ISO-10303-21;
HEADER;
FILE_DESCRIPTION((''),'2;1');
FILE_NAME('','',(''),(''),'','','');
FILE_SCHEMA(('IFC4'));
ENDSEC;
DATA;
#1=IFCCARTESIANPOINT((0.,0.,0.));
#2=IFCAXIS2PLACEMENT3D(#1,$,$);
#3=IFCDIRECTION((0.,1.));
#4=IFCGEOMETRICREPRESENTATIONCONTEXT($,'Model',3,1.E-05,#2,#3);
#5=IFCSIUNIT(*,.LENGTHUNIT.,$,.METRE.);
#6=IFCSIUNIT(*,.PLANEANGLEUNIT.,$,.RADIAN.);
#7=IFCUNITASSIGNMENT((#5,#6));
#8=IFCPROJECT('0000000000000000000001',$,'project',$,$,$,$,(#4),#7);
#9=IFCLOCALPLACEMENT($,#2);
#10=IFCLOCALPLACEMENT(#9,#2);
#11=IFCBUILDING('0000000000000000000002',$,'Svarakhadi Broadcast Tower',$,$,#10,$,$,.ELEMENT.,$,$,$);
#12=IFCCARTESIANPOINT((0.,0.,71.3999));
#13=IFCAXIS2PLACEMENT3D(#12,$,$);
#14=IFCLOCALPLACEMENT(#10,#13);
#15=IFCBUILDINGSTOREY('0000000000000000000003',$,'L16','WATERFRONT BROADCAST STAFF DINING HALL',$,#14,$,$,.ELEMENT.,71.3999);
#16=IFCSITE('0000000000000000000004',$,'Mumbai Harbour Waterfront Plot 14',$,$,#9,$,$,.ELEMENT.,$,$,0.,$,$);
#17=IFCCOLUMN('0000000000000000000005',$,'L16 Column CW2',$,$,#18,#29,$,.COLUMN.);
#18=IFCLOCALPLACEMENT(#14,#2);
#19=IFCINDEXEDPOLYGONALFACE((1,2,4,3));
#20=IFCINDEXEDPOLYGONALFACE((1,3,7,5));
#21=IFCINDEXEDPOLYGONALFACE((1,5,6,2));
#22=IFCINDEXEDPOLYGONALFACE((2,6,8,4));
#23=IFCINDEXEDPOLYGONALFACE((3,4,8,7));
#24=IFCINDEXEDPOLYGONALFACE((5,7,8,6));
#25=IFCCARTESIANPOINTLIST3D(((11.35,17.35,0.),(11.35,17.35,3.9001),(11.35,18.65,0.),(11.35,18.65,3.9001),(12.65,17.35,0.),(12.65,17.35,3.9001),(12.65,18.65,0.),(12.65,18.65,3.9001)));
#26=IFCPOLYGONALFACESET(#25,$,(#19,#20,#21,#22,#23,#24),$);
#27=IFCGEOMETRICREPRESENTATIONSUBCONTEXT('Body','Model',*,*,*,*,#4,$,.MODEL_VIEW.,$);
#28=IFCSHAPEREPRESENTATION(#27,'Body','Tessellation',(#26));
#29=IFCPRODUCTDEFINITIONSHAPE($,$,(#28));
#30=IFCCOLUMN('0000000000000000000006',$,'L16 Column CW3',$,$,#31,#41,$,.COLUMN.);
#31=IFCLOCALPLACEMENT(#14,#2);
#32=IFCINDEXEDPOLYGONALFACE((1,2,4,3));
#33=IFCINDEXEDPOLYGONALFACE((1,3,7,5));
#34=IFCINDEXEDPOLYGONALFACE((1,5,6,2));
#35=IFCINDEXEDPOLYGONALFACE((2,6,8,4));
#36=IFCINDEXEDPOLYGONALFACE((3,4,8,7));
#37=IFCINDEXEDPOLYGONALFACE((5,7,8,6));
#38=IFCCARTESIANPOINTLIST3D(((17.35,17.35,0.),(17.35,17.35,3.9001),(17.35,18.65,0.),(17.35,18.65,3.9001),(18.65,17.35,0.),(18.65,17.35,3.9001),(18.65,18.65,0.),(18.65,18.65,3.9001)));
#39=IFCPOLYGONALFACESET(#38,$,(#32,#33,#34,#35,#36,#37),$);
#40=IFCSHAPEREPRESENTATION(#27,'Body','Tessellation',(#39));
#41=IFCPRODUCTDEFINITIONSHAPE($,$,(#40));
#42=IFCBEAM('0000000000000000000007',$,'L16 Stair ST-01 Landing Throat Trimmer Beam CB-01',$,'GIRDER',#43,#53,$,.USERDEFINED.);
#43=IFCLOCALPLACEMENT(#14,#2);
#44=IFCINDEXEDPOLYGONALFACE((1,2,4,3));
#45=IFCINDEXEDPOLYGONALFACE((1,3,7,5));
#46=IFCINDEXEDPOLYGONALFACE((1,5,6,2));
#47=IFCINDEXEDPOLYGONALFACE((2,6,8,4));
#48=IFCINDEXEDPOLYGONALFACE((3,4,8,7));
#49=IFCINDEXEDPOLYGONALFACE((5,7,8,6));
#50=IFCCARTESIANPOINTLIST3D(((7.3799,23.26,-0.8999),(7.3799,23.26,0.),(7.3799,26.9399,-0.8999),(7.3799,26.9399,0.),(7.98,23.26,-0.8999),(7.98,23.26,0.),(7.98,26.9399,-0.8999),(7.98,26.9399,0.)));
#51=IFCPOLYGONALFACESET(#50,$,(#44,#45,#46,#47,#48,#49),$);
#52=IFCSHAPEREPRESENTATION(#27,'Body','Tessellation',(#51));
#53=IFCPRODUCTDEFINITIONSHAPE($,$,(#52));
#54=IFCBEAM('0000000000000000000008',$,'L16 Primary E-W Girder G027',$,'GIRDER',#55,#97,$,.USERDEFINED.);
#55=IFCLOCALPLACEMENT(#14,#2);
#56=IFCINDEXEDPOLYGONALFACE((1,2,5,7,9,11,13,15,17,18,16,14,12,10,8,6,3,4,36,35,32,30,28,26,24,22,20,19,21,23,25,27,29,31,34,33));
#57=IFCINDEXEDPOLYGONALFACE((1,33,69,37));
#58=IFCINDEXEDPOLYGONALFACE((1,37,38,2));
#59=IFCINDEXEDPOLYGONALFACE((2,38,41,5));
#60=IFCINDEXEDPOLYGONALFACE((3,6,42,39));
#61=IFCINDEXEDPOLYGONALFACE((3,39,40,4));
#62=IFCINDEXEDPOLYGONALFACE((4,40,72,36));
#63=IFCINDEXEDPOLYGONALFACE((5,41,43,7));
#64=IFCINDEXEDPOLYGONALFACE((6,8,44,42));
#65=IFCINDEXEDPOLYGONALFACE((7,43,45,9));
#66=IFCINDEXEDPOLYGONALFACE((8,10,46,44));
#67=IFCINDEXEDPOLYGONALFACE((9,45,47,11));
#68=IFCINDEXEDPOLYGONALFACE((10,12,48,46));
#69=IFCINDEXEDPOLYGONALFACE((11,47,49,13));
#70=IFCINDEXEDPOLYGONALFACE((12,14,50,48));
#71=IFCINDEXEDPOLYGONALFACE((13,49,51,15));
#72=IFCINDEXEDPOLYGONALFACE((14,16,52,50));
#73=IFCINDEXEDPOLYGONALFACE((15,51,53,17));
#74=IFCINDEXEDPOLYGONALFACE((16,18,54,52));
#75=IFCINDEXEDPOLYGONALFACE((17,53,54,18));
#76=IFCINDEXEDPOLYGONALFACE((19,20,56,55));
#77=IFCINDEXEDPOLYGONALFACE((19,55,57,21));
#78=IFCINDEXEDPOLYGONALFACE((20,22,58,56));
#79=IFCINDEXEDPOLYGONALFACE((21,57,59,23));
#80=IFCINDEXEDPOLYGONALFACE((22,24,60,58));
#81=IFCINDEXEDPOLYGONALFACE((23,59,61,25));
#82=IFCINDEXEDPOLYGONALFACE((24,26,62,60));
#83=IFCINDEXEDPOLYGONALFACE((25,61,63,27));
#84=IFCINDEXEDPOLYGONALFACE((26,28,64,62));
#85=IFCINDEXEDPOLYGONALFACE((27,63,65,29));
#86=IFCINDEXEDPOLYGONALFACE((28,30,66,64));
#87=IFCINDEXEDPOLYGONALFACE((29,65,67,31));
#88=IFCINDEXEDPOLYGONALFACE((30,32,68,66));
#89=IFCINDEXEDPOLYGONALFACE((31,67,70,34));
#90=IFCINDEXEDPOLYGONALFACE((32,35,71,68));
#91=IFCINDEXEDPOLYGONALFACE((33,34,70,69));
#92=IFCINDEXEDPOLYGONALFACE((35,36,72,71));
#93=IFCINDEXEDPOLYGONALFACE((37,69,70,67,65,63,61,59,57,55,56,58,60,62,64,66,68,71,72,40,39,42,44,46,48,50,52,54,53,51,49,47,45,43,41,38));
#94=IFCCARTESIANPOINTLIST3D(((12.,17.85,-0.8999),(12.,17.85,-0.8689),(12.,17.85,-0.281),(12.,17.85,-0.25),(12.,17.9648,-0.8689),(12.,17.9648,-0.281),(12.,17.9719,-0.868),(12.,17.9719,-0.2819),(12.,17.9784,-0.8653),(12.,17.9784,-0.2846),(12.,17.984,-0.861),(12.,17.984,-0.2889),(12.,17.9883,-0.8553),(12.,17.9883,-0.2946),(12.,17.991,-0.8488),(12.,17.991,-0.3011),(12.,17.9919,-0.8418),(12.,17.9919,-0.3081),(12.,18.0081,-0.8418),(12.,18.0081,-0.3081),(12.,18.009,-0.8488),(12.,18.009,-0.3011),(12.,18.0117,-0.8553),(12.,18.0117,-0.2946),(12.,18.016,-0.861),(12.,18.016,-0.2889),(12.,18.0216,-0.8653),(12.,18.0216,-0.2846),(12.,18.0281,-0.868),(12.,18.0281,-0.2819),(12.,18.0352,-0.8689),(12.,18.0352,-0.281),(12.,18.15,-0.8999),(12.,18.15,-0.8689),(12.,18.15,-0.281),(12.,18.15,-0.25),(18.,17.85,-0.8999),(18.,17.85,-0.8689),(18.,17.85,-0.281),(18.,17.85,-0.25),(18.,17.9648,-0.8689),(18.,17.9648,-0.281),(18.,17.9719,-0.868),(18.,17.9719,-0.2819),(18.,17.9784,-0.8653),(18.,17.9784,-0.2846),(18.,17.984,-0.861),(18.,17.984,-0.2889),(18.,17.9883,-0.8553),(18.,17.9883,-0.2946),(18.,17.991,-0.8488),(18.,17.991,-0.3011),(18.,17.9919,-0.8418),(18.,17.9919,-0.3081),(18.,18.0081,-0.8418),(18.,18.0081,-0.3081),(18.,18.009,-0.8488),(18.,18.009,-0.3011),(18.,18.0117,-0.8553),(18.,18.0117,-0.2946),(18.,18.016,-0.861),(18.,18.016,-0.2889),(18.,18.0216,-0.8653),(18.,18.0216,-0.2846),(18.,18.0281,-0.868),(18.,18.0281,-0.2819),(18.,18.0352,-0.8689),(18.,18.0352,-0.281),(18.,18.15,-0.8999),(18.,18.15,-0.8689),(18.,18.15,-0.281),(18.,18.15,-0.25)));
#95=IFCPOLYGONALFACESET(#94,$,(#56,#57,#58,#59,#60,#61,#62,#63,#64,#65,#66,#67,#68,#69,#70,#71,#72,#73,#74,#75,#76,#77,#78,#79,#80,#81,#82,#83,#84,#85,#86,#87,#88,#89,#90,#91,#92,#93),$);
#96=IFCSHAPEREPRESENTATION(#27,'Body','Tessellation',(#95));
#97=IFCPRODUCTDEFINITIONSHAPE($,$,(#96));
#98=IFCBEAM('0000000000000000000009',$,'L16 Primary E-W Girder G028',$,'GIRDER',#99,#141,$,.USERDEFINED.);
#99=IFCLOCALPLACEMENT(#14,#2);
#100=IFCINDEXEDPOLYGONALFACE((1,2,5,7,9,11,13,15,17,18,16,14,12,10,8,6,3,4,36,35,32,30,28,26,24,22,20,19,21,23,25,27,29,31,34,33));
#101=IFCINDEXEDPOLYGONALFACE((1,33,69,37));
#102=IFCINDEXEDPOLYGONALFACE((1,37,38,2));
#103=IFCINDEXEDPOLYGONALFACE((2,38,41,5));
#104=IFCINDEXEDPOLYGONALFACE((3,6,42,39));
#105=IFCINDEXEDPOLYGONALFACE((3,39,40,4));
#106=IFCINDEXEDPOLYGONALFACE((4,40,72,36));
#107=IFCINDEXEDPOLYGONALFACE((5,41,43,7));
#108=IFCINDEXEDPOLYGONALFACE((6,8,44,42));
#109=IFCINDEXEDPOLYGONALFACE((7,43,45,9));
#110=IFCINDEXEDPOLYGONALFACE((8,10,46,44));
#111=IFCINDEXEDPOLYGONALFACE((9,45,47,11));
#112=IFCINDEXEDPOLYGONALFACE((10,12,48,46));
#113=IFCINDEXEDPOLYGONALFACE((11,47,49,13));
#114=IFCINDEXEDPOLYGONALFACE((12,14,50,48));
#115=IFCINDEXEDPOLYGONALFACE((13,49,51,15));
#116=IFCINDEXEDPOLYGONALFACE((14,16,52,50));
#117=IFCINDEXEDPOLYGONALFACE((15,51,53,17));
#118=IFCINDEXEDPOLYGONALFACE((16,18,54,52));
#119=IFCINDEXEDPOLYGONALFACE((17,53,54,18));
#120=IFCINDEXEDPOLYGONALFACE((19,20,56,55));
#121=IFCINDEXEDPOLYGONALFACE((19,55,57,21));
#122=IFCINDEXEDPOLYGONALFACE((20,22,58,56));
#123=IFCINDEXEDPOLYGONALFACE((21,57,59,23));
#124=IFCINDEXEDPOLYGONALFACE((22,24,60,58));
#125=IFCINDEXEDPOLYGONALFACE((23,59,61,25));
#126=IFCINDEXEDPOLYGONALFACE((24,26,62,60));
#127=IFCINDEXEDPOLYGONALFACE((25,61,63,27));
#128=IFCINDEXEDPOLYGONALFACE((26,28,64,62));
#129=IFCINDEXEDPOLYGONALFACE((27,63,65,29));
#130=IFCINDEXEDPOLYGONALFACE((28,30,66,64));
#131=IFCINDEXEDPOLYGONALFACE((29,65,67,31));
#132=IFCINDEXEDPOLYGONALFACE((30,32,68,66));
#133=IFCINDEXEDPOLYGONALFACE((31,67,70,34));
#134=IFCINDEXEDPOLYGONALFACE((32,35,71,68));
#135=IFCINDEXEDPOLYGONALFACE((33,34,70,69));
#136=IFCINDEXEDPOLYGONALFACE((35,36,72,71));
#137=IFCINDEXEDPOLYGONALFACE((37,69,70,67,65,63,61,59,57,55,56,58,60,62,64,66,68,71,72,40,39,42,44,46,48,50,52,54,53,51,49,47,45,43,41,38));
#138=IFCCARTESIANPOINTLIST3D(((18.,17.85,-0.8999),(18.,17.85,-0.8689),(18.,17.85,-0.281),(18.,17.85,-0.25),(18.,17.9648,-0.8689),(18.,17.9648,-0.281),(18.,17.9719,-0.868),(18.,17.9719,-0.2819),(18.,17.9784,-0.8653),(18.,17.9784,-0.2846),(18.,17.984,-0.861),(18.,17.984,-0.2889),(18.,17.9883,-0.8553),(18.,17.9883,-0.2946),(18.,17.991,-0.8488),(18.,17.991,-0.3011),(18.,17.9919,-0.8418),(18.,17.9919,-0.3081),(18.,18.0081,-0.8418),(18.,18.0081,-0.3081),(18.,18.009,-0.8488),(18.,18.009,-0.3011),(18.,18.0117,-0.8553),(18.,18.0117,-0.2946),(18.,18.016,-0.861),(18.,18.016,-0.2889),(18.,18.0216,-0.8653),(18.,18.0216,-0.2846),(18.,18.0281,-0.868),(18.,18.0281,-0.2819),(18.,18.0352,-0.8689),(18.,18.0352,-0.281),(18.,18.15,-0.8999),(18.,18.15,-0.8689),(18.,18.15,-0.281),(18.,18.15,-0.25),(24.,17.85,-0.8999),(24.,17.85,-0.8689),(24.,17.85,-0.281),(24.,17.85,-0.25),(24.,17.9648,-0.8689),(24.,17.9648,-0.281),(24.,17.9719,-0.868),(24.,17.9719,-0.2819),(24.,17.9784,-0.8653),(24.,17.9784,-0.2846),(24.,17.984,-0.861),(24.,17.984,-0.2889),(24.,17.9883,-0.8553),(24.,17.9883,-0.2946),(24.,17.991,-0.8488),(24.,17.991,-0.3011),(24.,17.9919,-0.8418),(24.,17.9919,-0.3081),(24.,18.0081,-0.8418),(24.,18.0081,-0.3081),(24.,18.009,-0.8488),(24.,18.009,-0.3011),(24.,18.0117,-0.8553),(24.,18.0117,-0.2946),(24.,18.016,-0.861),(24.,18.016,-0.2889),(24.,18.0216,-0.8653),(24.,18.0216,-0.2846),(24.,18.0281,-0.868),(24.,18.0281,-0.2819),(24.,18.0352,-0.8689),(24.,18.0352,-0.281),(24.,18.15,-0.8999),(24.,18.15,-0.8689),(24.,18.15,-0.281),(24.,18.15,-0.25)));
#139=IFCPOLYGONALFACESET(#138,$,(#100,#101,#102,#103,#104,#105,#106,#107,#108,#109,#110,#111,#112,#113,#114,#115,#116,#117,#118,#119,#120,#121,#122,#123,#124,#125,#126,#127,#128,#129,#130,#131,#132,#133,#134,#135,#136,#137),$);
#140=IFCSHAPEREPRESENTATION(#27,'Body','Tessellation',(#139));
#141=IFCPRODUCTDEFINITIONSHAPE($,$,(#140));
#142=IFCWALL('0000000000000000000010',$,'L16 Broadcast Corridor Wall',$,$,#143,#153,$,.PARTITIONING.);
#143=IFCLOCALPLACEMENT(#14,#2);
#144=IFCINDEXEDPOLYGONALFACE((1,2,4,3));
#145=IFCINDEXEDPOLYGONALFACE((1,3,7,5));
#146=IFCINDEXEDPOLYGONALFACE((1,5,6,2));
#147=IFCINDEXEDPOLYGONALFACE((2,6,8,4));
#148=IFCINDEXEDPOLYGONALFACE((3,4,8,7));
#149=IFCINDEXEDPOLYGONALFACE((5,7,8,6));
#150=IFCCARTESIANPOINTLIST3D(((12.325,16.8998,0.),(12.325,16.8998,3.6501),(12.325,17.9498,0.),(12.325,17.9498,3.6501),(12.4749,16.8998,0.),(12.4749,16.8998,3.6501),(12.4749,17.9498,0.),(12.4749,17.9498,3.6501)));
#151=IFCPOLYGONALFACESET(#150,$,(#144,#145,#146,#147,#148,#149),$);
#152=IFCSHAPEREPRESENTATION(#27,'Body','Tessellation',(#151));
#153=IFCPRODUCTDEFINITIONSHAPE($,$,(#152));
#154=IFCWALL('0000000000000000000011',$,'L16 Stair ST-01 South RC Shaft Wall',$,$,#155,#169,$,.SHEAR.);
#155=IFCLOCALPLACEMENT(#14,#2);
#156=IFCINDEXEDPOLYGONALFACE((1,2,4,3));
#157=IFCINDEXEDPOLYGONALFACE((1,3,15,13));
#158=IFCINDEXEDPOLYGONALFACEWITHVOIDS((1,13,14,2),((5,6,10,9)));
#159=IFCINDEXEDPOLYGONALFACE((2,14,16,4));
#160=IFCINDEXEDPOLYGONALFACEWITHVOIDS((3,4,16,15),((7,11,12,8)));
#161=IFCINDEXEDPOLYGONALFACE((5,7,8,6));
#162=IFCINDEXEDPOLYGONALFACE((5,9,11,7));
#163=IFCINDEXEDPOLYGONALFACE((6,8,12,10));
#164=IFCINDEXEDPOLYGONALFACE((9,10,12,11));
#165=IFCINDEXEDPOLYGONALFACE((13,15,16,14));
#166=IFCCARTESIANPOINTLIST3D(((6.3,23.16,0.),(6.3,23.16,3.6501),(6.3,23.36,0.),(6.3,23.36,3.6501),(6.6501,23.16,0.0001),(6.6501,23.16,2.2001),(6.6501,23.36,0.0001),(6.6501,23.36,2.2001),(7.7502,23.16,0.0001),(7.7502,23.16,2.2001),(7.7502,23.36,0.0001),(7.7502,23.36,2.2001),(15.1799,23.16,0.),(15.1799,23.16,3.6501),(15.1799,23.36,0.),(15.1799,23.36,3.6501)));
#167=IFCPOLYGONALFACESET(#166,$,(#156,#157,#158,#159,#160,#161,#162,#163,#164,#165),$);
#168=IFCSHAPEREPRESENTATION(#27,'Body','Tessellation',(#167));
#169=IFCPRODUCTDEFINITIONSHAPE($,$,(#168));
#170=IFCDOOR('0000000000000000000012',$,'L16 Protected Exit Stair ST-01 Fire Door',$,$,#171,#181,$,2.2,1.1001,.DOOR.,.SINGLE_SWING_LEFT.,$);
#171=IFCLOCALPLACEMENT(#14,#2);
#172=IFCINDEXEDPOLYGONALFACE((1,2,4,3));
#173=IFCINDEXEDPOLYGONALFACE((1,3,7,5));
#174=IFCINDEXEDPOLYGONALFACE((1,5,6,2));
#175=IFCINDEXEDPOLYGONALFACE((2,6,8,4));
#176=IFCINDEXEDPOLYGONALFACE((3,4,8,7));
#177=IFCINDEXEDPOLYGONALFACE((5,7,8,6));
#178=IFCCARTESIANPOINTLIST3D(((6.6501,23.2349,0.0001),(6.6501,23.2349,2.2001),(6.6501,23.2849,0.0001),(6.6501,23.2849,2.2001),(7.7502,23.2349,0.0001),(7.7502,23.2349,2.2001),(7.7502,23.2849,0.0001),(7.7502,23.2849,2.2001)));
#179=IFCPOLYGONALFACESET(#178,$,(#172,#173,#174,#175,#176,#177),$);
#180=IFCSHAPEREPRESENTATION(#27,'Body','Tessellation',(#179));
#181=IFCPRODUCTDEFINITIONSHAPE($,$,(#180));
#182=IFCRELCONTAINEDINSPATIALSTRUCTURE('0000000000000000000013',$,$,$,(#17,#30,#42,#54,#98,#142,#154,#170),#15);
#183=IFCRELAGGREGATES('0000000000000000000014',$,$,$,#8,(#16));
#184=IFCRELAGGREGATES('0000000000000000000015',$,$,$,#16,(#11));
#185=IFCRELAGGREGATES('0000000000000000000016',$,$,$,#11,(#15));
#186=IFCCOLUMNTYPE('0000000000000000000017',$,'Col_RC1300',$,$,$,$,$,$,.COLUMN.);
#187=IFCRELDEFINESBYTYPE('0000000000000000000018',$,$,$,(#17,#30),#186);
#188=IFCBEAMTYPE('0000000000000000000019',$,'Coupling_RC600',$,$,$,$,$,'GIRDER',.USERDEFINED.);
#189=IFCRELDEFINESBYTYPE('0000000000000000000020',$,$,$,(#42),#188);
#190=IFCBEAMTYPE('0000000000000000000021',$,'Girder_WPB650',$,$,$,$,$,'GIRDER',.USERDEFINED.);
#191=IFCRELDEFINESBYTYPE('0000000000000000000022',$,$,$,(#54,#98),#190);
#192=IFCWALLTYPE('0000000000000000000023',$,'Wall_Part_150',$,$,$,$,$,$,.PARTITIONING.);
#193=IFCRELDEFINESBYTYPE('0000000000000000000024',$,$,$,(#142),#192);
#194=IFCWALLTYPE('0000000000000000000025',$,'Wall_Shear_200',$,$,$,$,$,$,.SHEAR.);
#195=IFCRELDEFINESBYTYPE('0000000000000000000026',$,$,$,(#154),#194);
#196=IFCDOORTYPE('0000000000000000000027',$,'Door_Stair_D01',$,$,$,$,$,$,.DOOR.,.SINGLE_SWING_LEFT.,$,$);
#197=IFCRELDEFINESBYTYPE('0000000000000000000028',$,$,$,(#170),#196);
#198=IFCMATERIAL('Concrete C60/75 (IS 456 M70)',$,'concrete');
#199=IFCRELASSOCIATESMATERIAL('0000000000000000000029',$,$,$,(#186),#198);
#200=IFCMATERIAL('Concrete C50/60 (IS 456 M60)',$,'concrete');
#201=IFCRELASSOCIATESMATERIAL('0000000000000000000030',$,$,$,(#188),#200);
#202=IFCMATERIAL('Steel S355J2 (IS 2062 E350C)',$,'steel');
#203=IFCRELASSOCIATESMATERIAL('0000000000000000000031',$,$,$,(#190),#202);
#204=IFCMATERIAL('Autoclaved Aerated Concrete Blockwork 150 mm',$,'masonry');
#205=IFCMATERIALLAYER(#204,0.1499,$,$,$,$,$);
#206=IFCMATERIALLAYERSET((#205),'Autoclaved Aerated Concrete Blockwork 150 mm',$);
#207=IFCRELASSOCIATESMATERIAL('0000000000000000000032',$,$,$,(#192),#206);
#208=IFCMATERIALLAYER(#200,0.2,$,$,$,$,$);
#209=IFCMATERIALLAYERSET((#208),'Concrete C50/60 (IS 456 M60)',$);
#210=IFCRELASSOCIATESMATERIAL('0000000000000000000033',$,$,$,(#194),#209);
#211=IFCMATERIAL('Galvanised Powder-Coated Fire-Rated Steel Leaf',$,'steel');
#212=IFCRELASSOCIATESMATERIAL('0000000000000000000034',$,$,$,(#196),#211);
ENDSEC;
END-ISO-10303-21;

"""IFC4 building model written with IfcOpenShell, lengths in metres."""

from ifc_helpers import new_model, si_unit, direction, frame, frame_2d, origin, origin_2d, place, context, subcontext, project, spatial, rectangle, i_section, extrude, material, layer, layer_set, material_profile, profile_set, type_object, element, fill, save


model = new_model("IFC4")

# Units and contexts
model_context = context("Model", 3, precision=1e-05, world=origin(), true_north=direction((0.0, 1.0)))
body_context = subcontext(model_context, "Body", "Model", "MODEL_VIEW")
ifc_project = project(units=[si_unit("LENGTHUNIT", "METRE"), si_unit("PLANEANGLEUNIT", "RADIAN")], contexts=[model_context])

# Site, building, storey
site_placement = place(None, origin())
site = spatial("IfcSite", under=ifc_project, at=site_placement, Name="Mumbai Harbour Waterfront Plot 14", CompositionType="ELEMENT", RefElevation=0.0)
building_placement = place(site_placement, origin())
building = spatial("IfcBuilding", under=site, at=building_placement, Name="Svarakhadi Broadcast Tower", CompositionType="ELEMENT")
storey_placement = place(building_placement, frame((0.0, 0.0, 71.3999)))
storey = spatial("IfcBuildingStorey", under=building, at=storey_placement, Name="L16", Description="WATERFRONT BROADCAST STAFF DINING HALL", CompositionType="ELEMENT", Elevation=71.3999)

# Columns
ifc_material_1 = material(Name="Concrete C60/75 (IS 456 M70)", Category="concrete")
ifc_material_profile_1 = material_profile(ifc_material_1, rectangle(XDim=1.3, YDim=1.3, at=origin_2d()), Name="RC 1300x1300")
ifc_profile_set_1 = profile_set([ifc_material_profile_1], Name="Concrete C60/75 (IS 456 M70)")
column_type = type_object("IfcColumnType", Name="Col_RC1300", PredefinedType="COLUMN", material=ifc_profile_set_1)
for number, where, z_axis, x_axis, name in (
    (1, (12.0, 18.0, 0.0), (0.0, 0.0, 1.0), (1.0, 0.0, 0.0), "L16 Column CW2"),
    (2, (18.0, 18.0, 0.0), (0.0, 0.0, 1.0), (1.0, 0.0, 0.0), "L16 Column CW3"),
):
    element("IfcColumn", number, at=place(storey_placement, frame(where, z_axis=z_axis, x_axis=x_axis)), inside=storey, type_object=column_type, Name=name, PredefinedType="COLUMN", context=body_context, shape_type="SweptSolid", body=[
        extrude(rectangle(XDim=1.3, YDim=1.3, at=origin_2d()), origin(), (0.0, 0.0, 1.0), 3.9001),
    ])

# Beams
ifc_material_2 = material(Name="Concrete C50/60 (IS 456 M60)", Category="concrete")
ifc_material_profile_2 = material_profile(ifc_material_2, rectangle(XDim=0.6001, YDim=0.8999, at=origin_2d()), Name="RC 600x900")
ifc_profile_set_2 = profile_set([ifc_material_profile_2], Name="Concrete C50/60 (IS 456 M60)")
beam_type_1 = type_object("IfcBeamType", Name="Coupling_RC600", ElementType="GIRDER", PredefinedType="USERDEFINED", material=ifc_profile_set_2)
beam_placement = place(storey_placement, frame((7.6799, 23.26, -0.45), z_axis=(0.0, 1.0, 0.0), x_axis=(-1.0, 0.0, 0.0)))
element("IfcBeam", 3, at=beam_placement, inside=storey, type_object=beam_type_1, Name="L16 Stair ST-01 Landing Throat Trimmer Beam CB-01", ObjectType="GIRDER", PredefinedType="USERDEFINED", context=body_context, shape_type="SweptSolid", body=[
    extrude(rectangle(XDim=0.6001, YDim=0.8999, at=origin_2d()), origin(), (0.0, 0.0, 1.0), 3.6799),
])
ifc_material_3 = material(Name="Steel S355J2 (IS 2062 E350C)", Category="steel")
ifc_material_profile_3 = material_profile(ifc_material_3, i_section(OverallWidth=0.3, OverallDepth=0.6499, WebThickness=0.0161, FlangeThickness=0.031, FilletRadius=0.0271, at=origin_2d()), Name="WPB 650x300x225")
ifc_profile_set_3 = profile_set([ifc_material_profile_3], Name="Steel S355J2 (IS 2062 E350C)")
beam_type_2 = type_object("IfcBeamType", Name="Girder_WPB650", ElementType="GIRDER", PredefinedType="USERDEFINED", material=ifc_profile_set_3)
for number, where, z_axis, x_axis, name in (
    (4, (12.0, 18.0, -0.575), (1.0, 0.0, 0.0), (0.0, 1.0, 0.0), "L16 Primary E-W Girder G027"),
    (5, (18.0, 18.0, -0.575), (1.0, 0.0, 0.0), (0.0, 1.0, 0.0), "L16 Primary E-W Girder G028"),
):
    element("IfcBeam", number, at=place(storey_placement, frame(where, z_axis=z_axis, x_axis=x_axis)), inside=storey, type_object=beam_type_2, Name=name, ObjectType="GIRDER", PredefinedType="USERDEFINED", context=body_context, shape_type="SweptSolid", body=[
        extrude(i_section(OverallWidth=0.3, OverallDepth=0.6499, WebThickness=0.0161, FlangeThickness=0.031, FilletRadius=0.0271, at=origin_2d()), origin(), (0.0, 0.0, 1.0), 6.0),
    ])

# Wall
ifc_material_4 = material(Name="Autoclaved Aerated Concrete Blockwork 150 mm", Category="masonry")
ifc_layer_1 = layer(ifc_material_4, 0.1499)
ifc_layer_set_1 = layer_set([ifc_layer_1], Name="Autoclaved Aerated Concrete Blockwork 150 mm")
wall_type_1 = type_object("IfcWallType", Name="Wall_Part_150", PredefinedType="PARTITIONING", material=ifc_layer_set_1)
wall_1_placement = place(storey_placement, frame((12.3999, 16.8999, 0.0), z_axis=(0.0, 0.0, 1.0), x_axis=(0.0, 1.0, 0.0)))
element("IfcWall", 6, at=wall_1_placement, inside=storey, type_object=wall_type_1, Name="L16 Broadcast Corridor Wall", PredefinedType="PARTITIONING", context=body_context, shape_type="SweptSolid", body=[
    extrude(rectangle(XDim=1.05, YDim=0.1499, at=frame_2d((0.5249, 0.0))), origin(), (0.0, 0.0, 1.0), 3.6501),
])

# Wall, opening, door
ifc_layer_2 = layer(ifc_material_2, 0.2)
ifc_layer_set_2 = layer_set([ifc_layer_2], Name="Concrete C50/60 (IS 456 M60)")
wall_type_2 = type_object("IfcWallType", Name="Wall_Shear_200", PredefinedType="SHEAR", material=ifc_layer_set_2)
wall_2_placement = place(storey_placement, frame((6.3, 23.26, 0.0), z_axis=(0.0, 0.0, 1.0), x_axis=(1.0, 0.0, 0.0)))
wall_2 = element("IfcWall", 7, at=wall_2_placement, inside=storey, type_object=wall_type_2, Name="L16 Stair ST-01 South RC Shaft Wall", PredefinedType="SHEAR", context=body_context, shape_type="SweptSolid", body=[
    extrude(rectangle(XDim=8.8799, YDim=0.2, at=frame_2d((4.4399, 0.0))), origin(), (0.0, 0.0, 1.0), 3.6501),
])
opening_1_placement = place(wall_2_placement, frame((0.3501, 0.0, 0.0)))
opening_1 = element("IfcOpeningElement", 8, at=opening_1_placement, cuts=wall_2, PredefinedType="OPENING", context=body_context, shape_type="SweptSolid", body=[
    extrude(rectangle(XDim=1.1001, YDim=2.2, at=frame_2d((0.55, 1.1001))), frame((0.0, 0.1099, 0.0), z_axis=(0.0, -1.0, 0.0), x_axis=(1.0, 0.0, 0.0)), (0.0, 0.0, 1.0), 0.22),
])
ifc_material_5 = material(Name="Galvanised Powder-Coated Fire-Rated Steel Leaf", Category="steel")
door_type_1 = type_object("IfcDoorType", Name="Door_Stair_D01", OperationType="SINGLE_SWING_LEFT", PredefinedType="DOOR", material=ifc_material_5)
door_1_placement = place(opening_1_placement, origin())
door_1 = element("IfcDoor", 9, at=door_1_placement, inside=storey, type_object=door_type_1, Name="L16 Protected Exit Stair ST-01 Fire Door", OperationType="SINGLE_SWING_LEFT", OverallHeight=2.2, OverallWidth=1.1001, PredefinedType="DOOR", context=body_context, shape_type="SweptSolid", body=[
    extrude(rectangle(XDim=1.1001, YDim=2.2, at=frame_2d((0.55, 1.1001))), frame((0.0, 0.0249, 0.0), z_axis=(0.0, -1.0, 0.0), x_axis=(1.0, 0.0, 0.0)), (0.0, 0.0, 1.0), 0.05),
])
fill(opening_1, door_1)

save(model, "model.ifc")
